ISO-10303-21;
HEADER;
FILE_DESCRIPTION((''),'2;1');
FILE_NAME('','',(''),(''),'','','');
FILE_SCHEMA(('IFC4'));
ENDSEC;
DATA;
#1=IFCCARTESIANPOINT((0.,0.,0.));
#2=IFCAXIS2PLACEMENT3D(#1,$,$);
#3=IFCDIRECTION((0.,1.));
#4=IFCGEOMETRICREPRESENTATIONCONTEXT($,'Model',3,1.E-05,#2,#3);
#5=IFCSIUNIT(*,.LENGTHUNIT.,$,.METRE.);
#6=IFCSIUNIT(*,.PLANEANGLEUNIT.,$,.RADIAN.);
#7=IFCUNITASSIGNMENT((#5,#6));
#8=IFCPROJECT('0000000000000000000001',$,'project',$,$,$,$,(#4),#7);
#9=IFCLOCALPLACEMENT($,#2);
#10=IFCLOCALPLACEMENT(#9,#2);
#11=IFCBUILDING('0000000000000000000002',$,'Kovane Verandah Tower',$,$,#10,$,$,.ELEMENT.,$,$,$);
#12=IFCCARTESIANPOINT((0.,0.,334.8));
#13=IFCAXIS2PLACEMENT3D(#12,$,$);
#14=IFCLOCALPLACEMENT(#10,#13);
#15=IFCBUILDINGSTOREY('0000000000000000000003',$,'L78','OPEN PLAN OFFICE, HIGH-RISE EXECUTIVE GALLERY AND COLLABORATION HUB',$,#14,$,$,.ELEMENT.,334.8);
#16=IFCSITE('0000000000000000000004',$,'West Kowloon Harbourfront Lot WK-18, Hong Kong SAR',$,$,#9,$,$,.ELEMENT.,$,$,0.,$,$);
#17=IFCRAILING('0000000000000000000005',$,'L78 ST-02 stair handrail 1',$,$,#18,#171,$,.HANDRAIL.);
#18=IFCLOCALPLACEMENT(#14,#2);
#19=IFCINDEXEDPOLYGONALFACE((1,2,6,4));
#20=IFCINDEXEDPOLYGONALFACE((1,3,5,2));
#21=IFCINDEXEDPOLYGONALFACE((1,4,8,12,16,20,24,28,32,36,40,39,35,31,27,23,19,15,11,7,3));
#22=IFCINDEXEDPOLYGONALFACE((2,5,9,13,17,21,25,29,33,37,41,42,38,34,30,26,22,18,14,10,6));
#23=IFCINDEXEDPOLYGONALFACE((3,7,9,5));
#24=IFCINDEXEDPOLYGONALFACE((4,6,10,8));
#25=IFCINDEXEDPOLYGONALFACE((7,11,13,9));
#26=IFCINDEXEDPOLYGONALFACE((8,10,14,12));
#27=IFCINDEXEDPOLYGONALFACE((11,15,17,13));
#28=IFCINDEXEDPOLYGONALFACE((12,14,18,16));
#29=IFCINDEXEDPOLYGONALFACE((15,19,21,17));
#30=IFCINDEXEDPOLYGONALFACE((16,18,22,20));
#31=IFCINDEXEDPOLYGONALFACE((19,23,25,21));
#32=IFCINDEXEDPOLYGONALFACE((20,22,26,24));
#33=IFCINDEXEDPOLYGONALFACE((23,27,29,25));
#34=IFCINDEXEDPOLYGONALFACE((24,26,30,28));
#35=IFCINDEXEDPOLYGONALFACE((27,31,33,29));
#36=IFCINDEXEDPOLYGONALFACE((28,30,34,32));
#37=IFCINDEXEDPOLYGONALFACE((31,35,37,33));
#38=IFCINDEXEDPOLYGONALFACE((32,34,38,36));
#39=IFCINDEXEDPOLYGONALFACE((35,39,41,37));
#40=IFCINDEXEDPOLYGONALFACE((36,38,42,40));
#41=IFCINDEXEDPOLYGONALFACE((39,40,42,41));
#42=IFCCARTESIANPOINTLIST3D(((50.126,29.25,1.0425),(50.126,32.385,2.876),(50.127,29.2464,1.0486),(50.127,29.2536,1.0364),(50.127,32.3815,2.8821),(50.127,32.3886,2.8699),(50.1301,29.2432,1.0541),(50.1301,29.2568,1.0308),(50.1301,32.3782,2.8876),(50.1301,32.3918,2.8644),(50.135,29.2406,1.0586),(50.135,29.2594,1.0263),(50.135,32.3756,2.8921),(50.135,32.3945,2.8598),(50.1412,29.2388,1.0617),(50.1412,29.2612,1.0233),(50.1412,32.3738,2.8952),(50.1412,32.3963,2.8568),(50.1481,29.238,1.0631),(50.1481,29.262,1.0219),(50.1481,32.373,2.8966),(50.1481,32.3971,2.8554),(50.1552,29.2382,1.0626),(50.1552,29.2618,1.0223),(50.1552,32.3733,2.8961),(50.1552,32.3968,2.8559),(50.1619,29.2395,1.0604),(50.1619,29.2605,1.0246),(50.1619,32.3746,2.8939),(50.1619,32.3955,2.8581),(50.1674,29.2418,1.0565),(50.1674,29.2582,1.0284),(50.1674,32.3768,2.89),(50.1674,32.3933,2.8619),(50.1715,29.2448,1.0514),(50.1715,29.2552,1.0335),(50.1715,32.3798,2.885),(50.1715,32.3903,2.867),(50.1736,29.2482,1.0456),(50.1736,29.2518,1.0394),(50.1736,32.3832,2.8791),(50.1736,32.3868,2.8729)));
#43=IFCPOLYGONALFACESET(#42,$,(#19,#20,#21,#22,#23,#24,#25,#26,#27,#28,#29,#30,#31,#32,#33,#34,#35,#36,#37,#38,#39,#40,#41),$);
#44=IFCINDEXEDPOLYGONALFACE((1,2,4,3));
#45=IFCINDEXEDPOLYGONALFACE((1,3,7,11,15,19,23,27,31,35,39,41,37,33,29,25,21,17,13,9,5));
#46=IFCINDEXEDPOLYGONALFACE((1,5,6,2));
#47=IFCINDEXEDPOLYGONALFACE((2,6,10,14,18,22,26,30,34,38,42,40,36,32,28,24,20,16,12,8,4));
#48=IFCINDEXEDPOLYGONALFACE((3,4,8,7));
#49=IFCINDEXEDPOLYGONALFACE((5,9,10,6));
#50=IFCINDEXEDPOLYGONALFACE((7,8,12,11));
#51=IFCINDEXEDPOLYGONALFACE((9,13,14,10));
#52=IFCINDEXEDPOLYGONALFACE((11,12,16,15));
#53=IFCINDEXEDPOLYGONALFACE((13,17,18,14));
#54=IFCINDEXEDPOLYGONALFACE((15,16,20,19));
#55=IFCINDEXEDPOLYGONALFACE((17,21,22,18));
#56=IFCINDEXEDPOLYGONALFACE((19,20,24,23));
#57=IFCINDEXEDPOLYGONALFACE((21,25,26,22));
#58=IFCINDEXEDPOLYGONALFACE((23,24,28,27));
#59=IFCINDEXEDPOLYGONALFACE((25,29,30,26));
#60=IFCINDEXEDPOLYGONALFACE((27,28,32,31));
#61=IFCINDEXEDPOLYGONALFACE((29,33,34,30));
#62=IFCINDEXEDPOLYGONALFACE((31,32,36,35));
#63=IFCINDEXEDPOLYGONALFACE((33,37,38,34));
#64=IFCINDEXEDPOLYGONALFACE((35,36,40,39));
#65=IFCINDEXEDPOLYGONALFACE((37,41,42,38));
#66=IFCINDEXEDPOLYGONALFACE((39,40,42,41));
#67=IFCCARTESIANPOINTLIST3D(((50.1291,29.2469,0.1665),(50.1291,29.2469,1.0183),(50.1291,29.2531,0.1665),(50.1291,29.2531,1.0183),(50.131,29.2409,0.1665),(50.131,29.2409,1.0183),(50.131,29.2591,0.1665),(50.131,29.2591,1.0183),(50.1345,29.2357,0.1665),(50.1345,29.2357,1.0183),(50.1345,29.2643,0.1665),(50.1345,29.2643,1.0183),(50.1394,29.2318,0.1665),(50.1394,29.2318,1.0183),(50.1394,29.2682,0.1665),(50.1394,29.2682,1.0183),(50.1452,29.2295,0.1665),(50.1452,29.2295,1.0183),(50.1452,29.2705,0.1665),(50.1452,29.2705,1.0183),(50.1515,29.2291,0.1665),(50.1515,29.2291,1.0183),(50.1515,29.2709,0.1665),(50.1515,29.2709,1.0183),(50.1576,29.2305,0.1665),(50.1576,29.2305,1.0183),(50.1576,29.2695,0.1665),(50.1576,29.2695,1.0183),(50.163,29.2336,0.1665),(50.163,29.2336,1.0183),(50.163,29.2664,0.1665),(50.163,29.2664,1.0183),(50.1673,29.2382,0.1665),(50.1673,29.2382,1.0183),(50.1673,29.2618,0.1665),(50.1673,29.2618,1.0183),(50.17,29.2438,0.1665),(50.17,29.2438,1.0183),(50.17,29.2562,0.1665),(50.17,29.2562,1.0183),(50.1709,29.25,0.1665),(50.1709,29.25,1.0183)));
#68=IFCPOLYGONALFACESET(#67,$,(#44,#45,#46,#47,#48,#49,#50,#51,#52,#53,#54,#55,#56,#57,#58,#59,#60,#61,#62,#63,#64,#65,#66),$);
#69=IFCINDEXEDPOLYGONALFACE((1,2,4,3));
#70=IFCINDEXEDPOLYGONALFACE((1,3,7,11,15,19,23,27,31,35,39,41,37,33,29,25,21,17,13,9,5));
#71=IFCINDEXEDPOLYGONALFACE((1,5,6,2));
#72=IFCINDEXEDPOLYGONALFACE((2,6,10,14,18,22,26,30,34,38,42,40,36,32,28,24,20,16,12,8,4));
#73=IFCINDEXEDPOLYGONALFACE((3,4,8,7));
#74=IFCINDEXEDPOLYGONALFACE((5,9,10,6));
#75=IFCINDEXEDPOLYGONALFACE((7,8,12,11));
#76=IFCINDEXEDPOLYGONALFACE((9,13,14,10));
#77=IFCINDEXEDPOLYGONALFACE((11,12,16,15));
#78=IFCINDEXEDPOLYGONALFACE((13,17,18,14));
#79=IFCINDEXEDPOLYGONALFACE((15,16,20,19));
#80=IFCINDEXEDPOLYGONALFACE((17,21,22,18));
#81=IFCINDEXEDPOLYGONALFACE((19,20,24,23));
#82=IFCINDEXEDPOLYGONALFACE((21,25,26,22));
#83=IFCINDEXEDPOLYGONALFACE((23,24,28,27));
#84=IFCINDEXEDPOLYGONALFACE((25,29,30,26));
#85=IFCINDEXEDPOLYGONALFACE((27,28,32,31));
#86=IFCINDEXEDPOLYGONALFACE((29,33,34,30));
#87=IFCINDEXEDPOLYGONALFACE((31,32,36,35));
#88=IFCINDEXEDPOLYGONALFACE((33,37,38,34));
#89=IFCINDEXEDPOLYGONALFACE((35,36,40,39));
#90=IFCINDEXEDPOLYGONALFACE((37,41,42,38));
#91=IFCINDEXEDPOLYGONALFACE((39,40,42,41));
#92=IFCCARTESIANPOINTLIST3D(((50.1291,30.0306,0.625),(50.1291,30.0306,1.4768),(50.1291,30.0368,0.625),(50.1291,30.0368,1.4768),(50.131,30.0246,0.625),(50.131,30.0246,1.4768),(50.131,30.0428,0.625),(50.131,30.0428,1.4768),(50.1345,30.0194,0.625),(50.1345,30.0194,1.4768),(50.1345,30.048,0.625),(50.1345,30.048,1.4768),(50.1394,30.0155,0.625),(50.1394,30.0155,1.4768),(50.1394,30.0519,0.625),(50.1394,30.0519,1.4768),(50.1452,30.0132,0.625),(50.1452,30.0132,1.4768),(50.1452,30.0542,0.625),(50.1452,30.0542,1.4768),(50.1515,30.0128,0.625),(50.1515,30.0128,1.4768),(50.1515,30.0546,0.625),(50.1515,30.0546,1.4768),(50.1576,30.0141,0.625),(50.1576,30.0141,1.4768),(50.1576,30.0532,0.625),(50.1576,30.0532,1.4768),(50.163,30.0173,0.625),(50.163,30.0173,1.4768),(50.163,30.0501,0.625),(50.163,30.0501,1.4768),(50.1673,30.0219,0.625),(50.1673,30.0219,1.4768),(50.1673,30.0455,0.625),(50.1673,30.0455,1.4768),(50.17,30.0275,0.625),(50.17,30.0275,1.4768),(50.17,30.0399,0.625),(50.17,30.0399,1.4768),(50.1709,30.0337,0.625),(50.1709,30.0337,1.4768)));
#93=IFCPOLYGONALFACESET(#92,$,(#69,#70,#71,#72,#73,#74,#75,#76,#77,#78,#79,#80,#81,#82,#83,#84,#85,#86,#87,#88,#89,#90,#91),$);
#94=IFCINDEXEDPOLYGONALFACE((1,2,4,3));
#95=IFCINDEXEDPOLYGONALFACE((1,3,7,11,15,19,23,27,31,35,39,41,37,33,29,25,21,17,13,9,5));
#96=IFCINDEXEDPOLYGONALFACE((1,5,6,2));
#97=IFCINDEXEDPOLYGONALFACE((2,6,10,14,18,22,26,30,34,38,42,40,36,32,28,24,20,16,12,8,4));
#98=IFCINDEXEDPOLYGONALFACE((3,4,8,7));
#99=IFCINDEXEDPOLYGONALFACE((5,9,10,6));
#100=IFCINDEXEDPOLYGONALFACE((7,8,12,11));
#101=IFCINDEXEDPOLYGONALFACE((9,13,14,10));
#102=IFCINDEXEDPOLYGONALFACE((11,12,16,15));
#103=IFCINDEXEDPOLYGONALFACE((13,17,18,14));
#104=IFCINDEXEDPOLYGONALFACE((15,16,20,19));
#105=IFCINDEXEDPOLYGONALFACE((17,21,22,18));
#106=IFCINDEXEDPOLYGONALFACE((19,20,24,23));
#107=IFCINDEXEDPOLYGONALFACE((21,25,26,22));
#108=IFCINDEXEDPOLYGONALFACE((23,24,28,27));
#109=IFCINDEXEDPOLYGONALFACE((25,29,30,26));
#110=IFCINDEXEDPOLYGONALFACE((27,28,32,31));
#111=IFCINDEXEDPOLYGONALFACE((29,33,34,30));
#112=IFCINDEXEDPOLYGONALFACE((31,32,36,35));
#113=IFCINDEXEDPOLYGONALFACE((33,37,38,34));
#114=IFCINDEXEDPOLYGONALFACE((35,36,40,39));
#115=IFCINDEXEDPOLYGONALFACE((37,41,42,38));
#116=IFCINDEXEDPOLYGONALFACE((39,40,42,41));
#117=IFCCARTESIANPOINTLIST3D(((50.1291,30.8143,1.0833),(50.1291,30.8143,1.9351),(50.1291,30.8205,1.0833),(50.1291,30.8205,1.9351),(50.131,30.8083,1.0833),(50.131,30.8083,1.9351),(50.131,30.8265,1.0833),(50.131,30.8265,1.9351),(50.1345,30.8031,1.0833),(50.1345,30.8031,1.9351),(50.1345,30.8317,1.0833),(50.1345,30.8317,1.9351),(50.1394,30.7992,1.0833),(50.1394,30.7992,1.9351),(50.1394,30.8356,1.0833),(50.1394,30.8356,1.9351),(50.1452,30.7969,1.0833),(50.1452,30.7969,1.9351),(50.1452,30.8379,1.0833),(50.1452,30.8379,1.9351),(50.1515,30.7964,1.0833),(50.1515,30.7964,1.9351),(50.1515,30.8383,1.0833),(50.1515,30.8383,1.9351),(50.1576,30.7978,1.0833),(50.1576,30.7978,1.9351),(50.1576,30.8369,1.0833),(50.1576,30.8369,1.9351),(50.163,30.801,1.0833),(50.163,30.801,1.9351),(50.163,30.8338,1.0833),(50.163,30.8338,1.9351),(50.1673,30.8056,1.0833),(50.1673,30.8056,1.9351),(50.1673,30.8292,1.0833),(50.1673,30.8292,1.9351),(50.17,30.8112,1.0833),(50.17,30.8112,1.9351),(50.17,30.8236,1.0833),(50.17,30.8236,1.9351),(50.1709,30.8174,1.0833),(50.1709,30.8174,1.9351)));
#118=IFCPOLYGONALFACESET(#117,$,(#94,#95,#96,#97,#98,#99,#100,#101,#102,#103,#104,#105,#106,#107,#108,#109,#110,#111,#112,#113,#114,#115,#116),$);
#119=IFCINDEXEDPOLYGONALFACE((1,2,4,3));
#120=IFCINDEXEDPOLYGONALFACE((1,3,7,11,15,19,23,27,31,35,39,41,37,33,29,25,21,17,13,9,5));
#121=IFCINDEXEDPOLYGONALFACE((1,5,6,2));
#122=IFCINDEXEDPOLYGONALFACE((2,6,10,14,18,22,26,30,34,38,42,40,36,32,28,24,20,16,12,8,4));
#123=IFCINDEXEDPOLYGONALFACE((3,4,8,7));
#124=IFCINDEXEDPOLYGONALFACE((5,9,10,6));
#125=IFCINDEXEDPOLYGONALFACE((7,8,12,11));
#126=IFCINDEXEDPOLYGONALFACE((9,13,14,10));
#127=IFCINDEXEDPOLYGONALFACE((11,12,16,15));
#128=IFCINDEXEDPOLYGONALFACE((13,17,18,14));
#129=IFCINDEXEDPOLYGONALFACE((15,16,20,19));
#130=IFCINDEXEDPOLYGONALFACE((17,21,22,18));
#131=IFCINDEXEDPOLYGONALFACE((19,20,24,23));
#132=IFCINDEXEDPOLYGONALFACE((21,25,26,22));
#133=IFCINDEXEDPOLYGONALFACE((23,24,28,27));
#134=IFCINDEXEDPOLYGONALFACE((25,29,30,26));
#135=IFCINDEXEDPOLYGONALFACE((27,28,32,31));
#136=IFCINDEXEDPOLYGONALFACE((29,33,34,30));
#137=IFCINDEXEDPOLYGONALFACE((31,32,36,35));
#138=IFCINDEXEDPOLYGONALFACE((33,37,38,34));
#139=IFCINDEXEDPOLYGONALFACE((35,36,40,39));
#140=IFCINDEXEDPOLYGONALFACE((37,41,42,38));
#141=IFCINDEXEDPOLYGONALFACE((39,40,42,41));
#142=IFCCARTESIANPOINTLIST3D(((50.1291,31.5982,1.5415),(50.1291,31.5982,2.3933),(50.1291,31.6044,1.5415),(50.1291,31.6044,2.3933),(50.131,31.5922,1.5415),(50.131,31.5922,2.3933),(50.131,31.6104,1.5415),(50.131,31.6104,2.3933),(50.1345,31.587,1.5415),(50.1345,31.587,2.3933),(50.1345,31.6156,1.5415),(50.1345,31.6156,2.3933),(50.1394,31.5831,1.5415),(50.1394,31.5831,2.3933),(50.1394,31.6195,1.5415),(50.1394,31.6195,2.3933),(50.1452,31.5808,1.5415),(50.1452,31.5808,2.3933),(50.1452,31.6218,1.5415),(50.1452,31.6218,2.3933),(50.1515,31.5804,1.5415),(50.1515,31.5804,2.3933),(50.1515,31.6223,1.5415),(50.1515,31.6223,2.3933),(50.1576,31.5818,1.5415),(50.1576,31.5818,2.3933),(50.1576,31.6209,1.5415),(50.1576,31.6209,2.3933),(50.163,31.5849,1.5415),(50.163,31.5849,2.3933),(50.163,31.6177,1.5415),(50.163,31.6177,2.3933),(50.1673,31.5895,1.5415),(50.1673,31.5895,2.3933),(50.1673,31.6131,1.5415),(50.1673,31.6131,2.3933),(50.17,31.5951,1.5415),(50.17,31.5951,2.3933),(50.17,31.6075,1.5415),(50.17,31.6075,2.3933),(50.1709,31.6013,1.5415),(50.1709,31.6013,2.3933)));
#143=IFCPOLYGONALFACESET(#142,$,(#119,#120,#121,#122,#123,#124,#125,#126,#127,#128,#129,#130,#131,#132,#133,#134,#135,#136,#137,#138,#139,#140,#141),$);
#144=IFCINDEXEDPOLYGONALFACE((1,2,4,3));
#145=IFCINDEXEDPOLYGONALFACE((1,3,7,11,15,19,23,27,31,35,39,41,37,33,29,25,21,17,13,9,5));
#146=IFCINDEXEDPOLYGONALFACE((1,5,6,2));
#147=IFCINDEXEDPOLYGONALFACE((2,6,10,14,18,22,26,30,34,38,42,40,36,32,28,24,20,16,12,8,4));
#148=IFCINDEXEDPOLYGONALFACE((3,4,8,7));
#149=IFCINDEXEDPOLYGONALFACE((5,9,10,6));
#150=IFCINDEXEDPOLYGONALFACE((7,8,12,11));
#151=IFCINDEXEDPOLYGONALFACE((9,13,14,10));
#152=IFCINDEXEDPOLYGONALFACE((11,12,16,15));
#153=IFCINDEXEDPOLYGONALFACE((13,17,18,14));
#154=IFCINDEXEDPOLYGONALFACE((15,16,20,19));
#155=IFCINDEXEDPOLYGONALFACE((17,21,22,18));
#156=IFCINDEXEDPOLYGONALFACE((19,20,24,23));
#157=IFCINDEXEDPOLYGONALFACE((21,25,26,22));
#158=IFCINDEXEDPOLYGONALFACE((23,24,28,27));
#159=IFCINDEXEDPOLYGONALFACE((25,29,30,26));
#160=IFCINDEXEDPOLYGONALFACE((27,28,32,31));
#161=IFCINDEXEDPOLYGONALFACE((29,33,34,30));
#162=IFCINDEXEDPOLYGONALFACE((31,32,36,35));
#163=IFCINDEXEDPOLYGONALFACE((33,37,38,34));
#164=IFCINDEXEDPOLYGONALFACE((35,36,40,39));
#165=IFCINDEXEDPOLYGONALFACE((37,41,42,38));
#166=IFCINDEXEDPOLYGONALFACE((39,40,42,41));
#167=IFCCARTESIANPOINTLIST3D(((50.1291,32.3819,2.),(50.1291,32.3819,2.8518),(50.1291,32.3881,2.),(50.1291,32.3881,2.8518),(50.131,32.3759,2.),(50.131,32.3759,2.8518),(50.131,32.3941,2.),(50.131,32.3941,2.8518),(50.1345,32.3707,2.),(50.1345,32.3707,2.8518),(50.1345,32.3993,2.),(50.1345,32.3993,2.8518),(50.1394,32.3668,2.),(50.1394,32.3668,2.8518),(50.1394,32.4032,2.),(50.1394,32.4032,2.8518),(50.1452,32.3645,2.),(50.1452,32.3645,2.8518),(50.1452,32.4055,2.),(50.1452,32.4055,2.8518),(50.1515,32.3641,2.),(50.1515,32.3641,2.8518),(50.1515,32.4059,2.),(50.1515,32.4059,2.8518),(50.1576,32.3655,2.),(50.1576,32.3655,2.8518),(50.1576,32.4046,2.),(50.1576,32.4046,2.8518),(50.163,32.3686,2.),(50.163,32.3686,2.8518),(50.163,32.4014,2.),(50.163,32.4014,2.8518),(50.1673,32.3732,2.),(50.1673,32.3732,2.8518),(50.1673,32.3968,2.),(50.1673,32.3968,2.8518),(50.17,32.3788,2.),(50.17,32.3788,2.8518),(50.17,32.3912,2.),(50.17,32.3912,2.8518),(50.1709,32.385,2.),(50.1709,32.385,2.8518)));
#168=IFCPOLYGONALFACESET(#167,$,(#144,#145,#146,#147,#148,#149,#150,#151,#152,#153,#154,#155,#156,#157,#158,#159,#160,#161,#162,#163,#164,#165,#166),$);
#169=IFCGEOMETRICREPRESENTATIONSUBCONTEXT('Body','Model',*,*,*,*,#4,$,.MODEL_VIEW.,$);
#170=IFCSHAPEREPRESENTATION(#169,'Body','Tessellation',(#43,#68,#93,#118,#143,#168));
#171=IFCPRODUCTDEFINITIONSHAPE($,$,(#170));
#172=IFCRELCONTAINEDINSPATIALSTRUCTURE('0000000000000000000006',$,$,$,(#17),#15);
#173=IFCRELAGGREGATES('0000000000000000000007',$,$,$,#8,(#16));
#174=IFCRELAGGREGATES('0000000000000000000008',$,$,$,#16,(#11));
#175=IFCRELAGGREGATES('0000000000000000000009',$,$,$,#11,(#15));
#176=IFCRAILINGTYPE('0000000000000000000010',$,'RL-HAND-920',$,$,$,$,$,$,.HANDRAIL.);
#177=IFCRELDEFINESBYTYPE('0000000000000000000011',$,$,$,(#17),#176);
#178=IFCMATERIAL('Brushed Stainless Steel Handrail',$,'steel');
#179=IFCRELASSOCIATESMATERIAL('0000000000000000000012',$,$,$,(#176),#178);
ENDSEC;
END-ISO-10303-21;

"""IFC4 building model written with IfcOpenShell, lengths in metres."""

from ifc_helpers import new_model, si_unit, direction, frame, origin, origin_2d, place, context, subcontext, project, spatial, circle, extrude, material, type_object, element, save


model = new_model("IFC4")

# Units and contexts
model_context = context("Model", 3, precision=1e-05, world=origin(), true_north=direction((0.0, 1.0)))
body_context = subcontext(model_context, "Body", "Model", "MODEL_VIEW")
ifc_project = project(units=[si_unit("LENGTHUNIT", "METRE"), si_unit("PLANEANGLEUNIT", "RADIAN")], contexts=[model_context])

# Site, building, storey
site_placement = place(None, origin())
site = spatial("IfcSite", under=ifc_project, at=site_placement, Name="West Kowloon Harbourfront Lot WK-18, Hong Kong SAR", CompositionType="ELEMENT", RefElevation=0.0)
building_placement = place(site_placement, origin())
building = spatial("IfcBuilding", under=site, at=building_placement, Name="Kovane Verandah Tower", CompositionType="ELEMENT")
storey_placement = place(building_placement, frame((0.0, 0.0, 334.8)))
storey = spatial("IfcBuildingStorey", under=building, at=storey_placement, Name="L78", Description="OPEN PLAN OFFICE, HIGH-RISE EXECUTIVE GALLERY AND COLLABORATION HUB", CompositionType="ELEMENT", Elevation=334.8)

# Railing
ifc_material_1 = material(Name="Brushed Stainless Steel Handrail", Category="steel")
railing_type_1 = type_object("IfcRailingType", Name="RL-HAND-920", PredefinedType="HANDRAIL", material=ifc_material_1)
railing_1_placement = place(storey_placement, frame((50.1499, 29.25, 0.1665)))
element("IfcRailing", 1, at=railing_1_placement, inside=storey, type_object=railing_type_1, Name="L78 ST-02 stair handrail 1", PredefinedType="HANDRAIL", context=body_context, shape_type="SweptSolid", body=[
    extrude(circle(Radius=0.0239, at=origin_2d()), frame((0.0, 0.0, 0.876), z_axis=(0.0, 0.86321, 0.504845), x_axis=(-1.0, 0.0, 0.0)), (0.0, 0.0, 1.0), 3.6318),
    extrude(circle(Radius=0.021, at=origin_2d()), origin(), (0.0, 0.0, 1.0), 0.8518),
    extrude(circle(Radius=0.021, at=origin_2d()), frame((0.0, 0.7837, 0.4585)), (0.0, 0.0, 1.0), 0.8518),
    extrude(circle(Radius=0.021, at=origin_2d()), frame((0.0, 1.5674, 0.9167)), (0.0, 0.0, 1.0), 0.8518),
    extrude(circle(Radius=0.021, at=origin_2d()), frame((0.0, 2.3513, 1.375)), (0.0, 0.0, 1.0), 0.8518),
    extrude(circle(Radius=0.021, at=origin_2d()), frame((0.0, 3.135, 1.8335)), (0.0, 0.0, 1.0), 0.8518),
])

save(model, "model.ifc")
